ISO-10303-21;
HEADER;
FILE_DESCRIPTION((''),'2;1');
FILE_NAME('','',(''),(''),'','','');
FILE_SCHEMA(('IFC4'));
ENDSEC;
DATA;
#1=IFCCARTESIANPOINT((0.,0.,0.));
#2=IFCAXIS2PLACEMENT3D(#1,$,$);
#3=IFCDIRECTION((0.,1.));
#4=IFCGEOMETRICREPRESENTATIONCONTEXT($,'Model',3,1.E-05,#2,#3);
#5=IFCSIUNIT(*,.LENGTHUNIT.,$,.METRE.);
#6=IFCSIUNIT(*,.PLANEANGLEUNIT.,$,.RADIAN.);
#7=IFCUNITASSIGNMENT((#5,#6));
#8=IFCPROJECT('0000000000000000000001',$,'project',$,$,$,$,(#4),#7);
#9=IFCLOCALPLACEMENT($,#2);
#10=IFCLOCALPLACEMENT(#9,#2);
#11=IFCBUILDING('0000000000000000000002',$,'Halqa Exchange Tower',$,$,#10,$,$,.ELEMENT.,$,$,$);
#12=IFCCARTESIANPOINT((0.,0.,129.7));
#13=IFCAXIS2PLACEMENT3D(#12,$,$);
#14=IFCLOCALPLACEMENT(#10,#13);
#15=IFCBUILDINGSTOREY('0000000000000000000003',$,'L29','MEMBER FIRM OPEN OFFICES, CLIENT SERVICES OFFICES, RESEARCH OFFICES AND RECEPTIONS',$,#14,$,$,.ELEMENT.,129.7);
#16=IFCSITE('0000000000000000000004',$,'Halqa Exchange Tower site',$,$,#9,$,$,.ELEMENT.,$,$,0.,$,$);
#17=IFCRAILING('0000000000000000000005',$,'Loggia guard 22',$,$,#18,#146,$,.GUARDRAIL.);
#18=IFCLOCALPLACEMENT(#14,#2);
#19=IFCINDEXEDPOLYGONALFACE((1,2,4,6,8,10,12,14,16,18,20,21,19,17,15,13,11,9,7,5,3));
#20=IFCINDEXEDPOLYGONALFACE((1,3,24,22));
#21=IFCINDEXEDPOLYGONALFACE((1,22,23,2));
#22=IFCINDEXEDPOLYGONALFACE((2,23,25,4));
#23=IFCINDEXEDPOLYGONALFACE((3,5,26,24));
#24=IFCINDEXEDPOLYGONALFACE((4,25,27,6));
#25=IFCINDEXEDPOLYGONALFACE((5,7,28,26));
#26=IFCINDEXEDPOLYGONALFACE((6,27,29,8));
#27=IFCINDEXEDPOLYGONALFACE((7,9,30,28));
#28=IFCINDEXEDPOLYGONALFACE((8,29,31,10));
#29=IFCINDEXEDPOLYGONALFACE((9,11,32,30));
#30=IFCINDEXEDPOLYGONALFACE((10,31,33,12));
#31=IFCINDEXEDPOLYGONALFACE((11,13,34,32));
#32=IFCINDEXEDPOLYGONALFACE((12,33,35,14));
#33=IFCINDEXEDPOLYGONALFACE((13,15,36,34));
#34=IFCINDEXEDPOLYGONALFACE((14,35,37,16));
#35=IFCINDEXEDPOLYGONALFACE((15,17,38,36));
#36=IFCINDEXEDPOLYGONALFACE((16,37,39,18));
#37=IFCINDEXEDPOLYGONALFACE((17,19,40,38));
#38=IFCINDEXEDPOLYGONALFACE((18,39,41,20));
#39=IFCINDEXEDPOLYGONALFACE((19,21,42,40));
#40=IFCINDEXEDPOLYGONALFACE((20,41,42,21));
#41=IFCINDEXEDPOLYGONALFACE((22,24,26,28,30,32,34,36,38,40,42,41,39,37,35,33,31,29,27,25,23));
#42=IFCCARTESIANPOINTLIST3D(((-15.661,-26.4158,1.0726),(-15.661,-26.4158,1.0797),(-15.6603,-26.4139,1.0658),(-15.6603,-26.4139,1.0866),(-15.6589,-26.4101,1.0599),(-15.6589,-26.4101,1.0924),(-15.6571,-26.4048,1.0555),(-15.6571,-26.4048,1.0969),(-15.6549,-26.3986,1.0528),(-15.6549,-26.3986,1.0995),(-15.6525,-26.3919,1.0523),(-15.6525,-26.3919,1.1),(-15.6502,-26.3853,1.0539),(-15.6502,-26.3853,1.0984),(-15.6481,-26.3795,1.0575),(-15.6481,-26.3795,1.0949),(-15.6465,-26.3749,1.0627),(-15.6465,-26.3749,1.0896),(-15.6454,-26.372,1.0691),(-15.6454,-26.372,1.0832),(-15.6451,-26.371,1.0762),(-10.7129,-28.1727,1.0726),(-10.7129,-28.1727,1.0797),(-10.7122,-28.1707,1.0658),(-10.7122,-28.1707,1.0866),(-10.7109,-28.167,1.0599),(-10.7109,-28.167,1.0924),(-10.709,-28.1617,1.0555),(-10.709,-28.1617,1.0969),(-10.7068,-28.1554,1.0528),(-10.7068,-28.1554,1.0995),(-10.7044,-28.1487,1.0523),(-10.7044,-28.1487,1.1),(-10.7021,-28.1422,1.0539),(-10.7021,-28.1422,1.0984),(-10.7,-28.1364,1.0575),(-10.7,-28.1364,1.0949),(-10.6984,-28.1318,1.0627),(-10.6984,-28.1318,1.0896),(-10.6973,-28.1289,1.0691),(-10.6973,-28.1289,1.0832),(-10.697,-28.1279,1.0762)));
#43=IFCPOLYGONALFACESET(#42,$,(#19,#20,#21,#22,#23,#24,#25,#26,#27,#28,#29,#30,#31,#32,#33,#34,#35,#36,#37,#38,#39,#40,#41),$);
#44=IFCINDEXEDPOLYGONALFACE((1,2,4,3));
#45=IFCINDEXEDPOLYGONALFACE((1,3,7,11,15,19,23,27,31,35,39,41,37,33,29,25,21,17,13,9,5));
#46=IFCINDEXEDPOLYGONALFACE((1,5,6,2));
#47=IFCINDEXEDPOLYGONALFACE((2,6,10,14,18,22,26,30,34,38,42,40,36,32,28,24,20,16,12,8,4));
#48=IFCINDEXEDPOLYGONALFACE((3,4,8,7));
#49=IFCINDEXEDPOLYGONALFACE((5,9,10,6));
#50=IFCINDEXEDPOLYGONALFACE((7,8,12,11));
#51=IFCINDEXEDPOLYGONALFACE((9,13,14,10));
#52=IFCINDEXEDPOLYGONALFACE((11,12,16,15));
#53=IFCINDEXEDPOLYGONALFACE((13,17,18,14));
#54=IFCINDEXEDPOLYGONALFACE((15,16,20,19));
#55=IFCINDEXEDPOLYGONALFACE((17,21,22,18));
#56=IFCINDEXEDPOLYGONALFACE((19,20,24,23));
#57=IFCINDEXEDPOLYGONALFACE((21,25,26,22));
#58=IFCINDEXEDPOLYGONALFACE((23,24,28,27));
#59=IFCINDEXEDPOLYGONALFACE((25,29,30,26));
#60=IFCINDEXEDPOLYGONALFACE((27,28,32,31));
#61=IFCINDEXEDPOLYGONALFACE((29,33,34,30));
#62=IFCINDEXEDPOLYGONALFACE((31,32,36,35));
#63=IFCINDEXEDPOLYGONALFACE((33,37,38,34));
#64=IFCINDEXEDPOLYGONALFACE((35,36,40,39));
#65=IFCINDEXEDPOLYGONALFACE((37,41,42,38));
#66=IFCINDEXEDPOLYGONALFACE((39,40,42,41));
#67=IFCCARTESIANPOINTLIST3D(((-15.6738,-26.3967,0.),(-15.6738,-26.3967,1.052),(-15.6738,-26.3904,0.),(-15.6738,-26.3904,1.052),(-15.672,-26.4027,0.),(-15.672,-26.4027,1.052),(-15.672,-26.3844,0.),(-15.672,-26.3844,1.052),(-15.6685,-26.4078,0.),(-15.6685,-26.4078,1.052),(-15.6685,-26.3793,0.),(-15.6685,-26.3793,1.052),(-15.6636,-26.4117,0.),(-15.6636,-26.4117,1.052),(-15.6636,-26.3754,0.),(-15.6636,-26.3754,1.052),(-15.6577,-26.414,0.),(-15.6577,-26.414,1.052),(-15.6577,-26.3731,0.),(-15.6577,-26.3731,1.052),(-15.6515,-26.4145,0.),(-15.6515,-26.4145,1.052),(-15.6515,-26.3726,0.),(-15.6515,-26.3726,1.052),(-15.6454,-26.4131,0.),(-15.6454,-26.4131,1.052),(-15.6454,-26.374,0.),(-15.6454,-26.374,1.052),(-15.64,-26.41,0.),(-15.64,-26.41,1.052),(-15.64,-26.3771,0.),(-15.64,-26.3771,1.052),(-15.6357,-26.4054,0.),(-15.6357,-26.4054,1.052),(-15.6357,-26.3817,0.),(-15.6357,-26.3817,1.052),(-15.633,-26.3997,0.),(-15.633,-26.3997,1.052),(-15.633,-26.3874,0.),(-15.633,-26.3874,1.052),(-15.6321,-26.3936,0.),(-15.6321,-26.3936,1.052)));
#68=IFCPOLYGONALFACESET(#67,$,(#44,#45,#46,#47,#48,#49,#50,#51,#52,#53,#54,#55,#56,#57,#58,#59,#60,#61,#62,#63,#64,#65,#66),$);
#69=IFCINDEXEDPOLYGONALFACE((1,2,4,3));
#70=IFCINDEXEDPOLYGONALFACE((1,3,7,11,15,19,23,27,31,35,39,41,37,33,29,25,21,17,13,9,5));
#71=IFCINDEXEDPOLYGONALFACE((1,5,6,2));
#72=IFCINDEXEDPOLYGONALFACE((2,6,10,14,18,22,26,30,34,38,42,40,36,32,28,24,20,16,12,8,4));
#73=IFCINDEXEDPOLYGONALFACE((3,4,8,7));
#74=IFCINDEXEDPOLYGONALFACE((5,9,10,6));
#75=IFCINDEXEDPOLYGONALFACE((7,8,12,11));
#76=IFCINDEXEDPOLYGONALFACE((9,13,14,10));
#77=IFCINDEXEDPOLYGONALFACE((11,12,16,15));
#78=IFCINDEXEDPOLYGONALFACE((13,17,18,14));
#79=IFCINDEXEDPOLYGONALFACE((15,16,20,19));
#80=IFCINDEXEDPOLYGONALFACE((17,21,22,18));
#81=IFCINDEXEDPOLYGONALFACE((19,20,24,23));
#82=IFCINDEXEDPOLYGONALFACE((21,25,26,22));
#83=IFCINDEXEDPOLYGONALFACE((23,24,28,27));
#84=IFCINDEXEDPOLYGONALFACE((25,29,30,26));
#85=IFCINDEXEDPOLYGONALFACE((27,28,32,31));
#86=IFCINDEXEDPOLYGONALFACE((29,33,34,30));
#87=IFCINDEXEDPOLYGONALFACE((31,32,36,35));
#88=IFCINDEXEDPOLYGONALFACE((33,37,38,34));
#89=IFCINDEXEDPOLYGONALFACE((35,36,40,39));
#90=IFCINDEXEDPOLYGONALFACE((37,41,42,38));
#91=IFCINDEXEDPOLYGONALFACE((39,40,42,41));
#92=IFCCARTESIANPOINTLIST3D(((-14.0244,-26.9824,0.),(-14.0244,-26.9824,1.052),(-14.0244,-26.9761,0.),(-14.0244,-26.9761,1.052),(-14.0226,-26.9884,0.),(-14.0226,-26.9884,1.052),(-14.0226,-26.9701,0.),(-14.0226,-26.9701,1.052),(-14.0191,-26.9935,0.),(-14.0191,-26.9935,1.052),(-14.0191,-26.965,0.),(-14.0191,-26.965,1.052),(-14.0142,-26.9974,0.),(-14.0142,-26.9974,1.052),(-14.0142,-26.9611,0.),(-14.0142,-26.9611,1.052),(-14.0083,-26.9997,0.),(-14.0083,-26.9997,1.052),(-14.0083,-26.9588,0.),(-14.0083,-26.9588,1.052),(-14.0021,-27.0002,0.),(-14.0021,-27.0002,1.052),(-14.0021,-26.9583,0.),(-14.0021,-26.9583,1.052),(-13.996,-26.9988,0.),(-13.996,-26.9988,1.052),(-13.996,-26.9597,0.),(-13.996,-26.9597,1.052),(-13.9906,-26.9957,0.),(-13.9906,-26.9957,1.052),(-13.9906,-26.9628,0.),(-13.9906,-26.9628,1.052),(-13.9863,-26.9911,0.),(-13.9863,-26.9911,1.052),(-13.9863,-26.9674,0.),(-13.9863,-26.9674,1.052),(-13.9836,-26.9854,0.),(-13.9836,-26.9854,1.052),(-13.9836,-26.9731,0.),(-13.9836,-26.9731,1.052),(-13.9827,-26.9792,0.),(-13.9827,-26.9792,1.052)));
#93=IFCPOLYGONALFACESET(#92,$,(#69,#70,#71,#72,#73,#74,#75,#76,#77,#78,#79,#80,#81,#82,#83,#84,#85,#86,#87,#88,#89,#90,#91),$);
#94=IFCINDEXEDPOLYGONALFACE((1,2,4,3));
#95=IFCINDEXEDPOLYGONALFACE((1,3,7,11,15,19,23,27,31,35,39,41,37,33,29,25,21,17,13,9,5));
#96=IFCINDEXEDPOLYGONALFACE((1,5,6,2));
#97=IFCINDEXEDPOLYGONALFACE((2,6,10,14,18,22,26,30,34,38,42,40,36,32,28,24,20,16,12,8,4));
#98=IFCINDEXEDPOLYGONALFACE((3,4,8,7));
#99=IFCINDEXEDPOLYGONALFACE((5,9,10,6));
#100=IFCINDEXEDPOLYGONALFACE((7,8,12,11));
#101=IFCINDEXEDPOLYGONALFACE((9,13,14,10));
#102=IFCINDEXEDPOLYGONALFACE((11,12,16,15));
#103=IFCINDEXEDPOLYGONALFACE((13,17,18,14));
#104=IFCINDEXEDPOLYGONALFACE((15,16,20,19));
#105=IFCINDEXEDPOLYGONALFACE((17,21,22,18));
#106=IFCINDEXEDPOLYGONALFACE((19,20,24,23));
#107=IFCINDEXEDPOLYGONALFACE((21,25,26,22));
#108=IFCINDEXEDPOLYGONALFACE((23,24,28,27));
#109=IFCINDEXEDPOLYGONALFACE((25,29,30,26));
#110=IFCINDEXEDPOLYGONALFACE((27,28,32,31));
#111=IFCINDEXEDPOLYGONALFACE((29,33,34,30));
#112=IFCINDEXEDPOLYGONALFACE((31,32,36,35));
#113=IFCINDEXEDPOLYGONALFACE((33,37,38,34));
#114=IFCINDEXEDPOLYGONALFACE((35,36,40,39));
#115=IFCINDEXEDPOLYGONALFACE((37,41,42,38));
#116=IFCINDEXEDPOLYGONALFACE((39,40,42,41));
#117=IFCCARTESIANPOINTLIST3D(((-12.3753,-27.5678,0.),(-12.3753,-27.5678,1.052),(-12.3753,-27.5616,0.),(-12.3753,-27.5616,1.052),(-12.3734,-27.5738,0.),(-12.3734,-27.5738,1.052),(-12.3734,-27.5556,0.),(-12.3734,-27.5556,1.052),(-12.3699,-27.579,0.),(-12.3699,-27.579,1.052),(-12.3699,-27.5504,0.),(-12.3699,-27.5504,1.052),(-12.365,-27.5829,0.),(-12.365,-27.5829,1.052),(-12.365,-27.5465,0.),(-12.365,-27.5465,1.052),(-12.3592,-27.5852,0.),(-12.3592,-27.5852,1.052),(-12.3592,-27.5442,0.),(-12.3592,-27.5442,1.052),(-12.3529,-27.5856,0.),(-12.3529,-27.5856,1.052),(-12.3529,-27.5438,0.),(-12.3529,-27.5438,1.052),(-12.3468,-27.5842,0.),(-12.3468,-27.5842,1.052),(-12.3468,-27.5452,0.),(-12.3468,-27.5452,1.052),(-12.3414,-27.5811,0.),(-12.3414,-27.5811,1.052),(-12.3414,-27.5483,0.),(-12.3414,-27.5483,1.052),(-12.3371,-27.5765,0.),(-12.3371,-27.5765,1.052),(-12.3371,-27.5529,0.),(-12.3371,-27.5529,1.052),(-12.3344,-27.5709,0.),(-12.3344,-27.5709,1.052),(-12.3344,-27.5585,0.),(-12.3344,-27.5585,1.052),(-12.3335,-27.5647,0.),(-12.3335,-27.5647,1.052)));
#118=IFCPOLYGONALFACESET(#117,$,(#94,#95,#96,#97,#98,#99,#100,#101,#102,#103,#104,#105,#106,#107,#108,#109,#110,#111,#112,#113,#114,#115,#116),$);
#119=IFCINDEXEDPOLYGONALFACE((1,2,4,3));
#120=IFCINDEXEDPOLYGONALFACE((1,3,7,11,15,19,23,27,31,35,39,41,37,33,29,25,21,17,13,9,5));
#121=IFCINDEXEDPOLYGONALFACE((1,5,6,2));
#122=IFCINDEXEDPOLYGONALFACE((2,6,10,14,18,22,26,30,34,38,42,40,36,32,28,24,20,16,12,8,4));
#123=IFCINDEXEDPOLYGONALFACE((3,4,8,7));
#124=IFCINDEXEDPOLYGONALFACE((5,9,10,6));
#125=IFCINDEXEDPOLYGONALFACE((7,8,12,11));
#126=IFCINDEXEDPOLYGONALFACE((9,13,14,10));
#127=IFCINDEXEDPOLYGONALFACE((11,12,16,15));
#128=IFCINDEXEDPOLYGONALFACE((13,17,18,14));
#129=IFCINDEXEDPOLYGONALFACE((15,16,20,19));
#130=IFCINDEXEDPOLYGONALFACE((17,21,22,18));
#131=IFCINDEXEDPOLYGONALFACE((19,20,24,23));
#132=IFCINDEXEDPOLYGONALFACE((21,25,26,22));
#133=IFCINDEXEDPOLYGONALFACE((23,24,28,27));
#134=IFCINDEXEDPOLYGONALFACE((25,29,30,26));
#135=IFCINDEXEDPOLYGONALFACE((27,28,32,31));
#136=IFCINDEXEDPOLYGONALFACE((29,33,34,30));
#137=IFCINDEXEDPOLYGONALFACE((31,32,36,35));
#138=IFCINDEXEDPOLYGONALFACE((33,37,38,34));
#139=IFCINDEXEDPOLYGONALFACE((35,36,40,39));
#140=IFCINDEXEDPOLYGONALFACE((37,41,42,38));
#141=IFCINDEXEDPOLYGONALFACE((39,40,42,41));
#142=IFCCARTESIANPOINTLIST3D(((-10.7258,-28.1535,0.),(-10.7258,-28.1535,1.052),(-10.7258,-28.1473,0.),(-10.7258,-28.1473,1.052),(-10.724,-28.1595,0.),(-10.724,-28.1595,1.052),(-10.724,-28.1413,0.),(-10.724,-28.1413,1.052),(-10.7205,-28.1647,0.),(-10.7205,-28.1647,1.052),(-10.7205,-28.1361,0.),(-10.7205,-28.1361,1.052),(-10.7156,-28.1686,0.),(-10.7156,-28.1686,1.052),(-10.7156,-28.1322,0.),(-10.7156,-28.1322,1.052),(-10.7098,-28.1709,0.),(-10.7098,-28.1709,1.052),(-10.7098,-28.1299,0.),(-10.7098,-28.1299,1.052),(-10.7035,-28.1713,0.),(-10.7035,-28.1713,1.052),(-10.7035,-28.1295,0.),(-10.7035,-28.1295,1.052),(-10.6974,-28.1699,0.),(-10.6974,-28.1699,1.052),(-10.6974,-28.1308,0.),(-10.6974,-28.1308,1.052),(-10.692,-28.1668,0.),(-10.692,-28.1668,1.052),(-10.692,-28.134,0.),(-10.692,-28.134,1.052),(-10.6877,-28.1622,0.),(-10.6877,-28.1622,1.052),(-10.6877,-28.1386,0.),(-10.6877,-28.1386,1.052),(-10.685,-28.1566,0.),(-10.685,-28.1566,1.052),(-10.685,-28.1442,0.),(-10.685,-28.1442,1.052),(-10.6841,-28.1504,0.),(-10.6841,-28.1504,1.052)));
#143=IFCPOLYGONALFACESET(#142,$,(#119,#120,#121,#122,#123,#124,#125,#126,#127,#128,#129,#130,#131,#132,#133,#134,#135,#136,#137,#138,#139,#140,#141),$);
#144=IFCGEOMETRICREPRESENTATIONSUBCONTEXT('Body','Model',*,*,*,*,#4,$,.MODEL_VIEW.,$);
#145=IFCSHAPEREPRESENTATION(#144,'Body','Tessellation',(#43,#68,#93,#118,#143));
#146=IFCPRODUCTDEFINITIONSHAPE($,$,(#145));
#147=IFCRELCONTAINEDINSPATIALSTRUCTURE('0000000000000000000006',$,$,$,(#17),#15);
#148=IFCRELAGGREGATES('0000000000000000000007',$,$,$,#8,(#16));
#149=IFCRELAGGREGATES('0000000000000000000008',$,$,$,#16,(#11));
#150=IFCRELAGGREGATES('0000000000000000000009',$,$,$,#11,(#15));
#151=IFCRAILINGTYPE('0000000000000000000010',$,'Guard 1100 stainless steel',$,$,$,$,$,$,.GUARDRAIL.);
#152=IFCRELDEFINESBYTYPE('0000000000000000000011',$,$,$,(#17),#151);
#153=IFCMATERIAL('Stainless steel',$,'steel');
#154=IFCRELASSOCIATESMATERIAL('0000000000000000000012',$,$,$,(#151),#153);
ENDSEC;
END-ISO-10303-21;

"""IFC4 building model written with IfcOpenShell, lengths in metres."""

from ifc_helpers import new_model, si_unit, direction, frame, origin, origin_2d, place, context, subcontext, project, spatial, circle, extrude, material, type_object, element, save


model = new_model("IFC4")

# Units and contexts
model_context = context("Model", 3, precision=1e-05, world=origin(), true_north=direction((0.0, 1.0)))
body_context = subcontext(model_context, "Body", "Model", "MODEL_VIEW")
ifc_project = project(units=[si_unit("LENGTHUNIT", "METRE"), si_unit("PLANEANGLEUNIT", "RADIAN")], contexts=[model_context])

# Site, building, storey
site_placement = place(None, origin())
site = spatial("IfcSite", under=ifc_project, at=site_placement, Name="Halqa Exchange Tower site", CompositionType="ELEMENT", RefElevation=0.0)
building_placement = place(site_placement, origin())
building = spatial("IfcBuilding", under=site, at=building_placement, Name="Halqa Exchange Tower", CompositionType="ELEMENT")
storey_placement = place(building_placement, frame((0.0, 0.0, 129.7)))
storey = spatial("IfcBuildingStorey", under=building, at=storey_placement, Name="L29", Description="MEMBER FIRM OPEN OFFICES, CLIENT SERVICES OFFICES, RESEARCH OFFICES AND RECEPTIONS", CompositionType="ELEMENT", Elevation=129.7)

# Railing
ifc_material_1 = material(Name="Stainless steel", Category="steel")
railing_type = type_object("IfcRailingType", Name="Guard 1100 stainless steel", PredefinedType="GUARDRAIL", material=ifc_material_1)
railing_1_placement = place(storey_placement, frame((-15.6531, -26.3936, 0.0)))
element("IfcRailing", 1, at=railing_1_placement, inside=storey, type_object=railing_type, Name="Loggia guard 22", PredefinedType="GUARDRAIL", context=body_context, shape_type="SweptSolid", body=[
    extrude(circle(Radius=0.0239, at=origin_2d()), frame((0.0, 0.0, 1.0762), z_axis=(0.942362, -0.334595, 0.0), x_axis=(0.334595, 0.942362, 0.0)), (0.0, 0.0, 1.0), 5.2507),
    extrude(circle(Radius=0.021, at=origin_2d()), origin(), (0.0, 0.0, 1.0), 1.052),
    extrude(circle(Radius=0.021, at=origin_2d()), frame((1.6494, -0.5857, 0.0)), (0.0, 0.0, 1.0), 1.052),
    extrude(circle(Radius=0.021, at=origin_2d()), frame((3.2986, -1.1711, 0.0)), (0.0, 0.0, 1.0), 1.052),
    extrude(circle(Radius=0.021, at=origin_2d()), frame((4.948, -1.7568, 0.0)), (0.0, 0.0, 1.0), 1.052),
])

save(model, "model.ifc")
